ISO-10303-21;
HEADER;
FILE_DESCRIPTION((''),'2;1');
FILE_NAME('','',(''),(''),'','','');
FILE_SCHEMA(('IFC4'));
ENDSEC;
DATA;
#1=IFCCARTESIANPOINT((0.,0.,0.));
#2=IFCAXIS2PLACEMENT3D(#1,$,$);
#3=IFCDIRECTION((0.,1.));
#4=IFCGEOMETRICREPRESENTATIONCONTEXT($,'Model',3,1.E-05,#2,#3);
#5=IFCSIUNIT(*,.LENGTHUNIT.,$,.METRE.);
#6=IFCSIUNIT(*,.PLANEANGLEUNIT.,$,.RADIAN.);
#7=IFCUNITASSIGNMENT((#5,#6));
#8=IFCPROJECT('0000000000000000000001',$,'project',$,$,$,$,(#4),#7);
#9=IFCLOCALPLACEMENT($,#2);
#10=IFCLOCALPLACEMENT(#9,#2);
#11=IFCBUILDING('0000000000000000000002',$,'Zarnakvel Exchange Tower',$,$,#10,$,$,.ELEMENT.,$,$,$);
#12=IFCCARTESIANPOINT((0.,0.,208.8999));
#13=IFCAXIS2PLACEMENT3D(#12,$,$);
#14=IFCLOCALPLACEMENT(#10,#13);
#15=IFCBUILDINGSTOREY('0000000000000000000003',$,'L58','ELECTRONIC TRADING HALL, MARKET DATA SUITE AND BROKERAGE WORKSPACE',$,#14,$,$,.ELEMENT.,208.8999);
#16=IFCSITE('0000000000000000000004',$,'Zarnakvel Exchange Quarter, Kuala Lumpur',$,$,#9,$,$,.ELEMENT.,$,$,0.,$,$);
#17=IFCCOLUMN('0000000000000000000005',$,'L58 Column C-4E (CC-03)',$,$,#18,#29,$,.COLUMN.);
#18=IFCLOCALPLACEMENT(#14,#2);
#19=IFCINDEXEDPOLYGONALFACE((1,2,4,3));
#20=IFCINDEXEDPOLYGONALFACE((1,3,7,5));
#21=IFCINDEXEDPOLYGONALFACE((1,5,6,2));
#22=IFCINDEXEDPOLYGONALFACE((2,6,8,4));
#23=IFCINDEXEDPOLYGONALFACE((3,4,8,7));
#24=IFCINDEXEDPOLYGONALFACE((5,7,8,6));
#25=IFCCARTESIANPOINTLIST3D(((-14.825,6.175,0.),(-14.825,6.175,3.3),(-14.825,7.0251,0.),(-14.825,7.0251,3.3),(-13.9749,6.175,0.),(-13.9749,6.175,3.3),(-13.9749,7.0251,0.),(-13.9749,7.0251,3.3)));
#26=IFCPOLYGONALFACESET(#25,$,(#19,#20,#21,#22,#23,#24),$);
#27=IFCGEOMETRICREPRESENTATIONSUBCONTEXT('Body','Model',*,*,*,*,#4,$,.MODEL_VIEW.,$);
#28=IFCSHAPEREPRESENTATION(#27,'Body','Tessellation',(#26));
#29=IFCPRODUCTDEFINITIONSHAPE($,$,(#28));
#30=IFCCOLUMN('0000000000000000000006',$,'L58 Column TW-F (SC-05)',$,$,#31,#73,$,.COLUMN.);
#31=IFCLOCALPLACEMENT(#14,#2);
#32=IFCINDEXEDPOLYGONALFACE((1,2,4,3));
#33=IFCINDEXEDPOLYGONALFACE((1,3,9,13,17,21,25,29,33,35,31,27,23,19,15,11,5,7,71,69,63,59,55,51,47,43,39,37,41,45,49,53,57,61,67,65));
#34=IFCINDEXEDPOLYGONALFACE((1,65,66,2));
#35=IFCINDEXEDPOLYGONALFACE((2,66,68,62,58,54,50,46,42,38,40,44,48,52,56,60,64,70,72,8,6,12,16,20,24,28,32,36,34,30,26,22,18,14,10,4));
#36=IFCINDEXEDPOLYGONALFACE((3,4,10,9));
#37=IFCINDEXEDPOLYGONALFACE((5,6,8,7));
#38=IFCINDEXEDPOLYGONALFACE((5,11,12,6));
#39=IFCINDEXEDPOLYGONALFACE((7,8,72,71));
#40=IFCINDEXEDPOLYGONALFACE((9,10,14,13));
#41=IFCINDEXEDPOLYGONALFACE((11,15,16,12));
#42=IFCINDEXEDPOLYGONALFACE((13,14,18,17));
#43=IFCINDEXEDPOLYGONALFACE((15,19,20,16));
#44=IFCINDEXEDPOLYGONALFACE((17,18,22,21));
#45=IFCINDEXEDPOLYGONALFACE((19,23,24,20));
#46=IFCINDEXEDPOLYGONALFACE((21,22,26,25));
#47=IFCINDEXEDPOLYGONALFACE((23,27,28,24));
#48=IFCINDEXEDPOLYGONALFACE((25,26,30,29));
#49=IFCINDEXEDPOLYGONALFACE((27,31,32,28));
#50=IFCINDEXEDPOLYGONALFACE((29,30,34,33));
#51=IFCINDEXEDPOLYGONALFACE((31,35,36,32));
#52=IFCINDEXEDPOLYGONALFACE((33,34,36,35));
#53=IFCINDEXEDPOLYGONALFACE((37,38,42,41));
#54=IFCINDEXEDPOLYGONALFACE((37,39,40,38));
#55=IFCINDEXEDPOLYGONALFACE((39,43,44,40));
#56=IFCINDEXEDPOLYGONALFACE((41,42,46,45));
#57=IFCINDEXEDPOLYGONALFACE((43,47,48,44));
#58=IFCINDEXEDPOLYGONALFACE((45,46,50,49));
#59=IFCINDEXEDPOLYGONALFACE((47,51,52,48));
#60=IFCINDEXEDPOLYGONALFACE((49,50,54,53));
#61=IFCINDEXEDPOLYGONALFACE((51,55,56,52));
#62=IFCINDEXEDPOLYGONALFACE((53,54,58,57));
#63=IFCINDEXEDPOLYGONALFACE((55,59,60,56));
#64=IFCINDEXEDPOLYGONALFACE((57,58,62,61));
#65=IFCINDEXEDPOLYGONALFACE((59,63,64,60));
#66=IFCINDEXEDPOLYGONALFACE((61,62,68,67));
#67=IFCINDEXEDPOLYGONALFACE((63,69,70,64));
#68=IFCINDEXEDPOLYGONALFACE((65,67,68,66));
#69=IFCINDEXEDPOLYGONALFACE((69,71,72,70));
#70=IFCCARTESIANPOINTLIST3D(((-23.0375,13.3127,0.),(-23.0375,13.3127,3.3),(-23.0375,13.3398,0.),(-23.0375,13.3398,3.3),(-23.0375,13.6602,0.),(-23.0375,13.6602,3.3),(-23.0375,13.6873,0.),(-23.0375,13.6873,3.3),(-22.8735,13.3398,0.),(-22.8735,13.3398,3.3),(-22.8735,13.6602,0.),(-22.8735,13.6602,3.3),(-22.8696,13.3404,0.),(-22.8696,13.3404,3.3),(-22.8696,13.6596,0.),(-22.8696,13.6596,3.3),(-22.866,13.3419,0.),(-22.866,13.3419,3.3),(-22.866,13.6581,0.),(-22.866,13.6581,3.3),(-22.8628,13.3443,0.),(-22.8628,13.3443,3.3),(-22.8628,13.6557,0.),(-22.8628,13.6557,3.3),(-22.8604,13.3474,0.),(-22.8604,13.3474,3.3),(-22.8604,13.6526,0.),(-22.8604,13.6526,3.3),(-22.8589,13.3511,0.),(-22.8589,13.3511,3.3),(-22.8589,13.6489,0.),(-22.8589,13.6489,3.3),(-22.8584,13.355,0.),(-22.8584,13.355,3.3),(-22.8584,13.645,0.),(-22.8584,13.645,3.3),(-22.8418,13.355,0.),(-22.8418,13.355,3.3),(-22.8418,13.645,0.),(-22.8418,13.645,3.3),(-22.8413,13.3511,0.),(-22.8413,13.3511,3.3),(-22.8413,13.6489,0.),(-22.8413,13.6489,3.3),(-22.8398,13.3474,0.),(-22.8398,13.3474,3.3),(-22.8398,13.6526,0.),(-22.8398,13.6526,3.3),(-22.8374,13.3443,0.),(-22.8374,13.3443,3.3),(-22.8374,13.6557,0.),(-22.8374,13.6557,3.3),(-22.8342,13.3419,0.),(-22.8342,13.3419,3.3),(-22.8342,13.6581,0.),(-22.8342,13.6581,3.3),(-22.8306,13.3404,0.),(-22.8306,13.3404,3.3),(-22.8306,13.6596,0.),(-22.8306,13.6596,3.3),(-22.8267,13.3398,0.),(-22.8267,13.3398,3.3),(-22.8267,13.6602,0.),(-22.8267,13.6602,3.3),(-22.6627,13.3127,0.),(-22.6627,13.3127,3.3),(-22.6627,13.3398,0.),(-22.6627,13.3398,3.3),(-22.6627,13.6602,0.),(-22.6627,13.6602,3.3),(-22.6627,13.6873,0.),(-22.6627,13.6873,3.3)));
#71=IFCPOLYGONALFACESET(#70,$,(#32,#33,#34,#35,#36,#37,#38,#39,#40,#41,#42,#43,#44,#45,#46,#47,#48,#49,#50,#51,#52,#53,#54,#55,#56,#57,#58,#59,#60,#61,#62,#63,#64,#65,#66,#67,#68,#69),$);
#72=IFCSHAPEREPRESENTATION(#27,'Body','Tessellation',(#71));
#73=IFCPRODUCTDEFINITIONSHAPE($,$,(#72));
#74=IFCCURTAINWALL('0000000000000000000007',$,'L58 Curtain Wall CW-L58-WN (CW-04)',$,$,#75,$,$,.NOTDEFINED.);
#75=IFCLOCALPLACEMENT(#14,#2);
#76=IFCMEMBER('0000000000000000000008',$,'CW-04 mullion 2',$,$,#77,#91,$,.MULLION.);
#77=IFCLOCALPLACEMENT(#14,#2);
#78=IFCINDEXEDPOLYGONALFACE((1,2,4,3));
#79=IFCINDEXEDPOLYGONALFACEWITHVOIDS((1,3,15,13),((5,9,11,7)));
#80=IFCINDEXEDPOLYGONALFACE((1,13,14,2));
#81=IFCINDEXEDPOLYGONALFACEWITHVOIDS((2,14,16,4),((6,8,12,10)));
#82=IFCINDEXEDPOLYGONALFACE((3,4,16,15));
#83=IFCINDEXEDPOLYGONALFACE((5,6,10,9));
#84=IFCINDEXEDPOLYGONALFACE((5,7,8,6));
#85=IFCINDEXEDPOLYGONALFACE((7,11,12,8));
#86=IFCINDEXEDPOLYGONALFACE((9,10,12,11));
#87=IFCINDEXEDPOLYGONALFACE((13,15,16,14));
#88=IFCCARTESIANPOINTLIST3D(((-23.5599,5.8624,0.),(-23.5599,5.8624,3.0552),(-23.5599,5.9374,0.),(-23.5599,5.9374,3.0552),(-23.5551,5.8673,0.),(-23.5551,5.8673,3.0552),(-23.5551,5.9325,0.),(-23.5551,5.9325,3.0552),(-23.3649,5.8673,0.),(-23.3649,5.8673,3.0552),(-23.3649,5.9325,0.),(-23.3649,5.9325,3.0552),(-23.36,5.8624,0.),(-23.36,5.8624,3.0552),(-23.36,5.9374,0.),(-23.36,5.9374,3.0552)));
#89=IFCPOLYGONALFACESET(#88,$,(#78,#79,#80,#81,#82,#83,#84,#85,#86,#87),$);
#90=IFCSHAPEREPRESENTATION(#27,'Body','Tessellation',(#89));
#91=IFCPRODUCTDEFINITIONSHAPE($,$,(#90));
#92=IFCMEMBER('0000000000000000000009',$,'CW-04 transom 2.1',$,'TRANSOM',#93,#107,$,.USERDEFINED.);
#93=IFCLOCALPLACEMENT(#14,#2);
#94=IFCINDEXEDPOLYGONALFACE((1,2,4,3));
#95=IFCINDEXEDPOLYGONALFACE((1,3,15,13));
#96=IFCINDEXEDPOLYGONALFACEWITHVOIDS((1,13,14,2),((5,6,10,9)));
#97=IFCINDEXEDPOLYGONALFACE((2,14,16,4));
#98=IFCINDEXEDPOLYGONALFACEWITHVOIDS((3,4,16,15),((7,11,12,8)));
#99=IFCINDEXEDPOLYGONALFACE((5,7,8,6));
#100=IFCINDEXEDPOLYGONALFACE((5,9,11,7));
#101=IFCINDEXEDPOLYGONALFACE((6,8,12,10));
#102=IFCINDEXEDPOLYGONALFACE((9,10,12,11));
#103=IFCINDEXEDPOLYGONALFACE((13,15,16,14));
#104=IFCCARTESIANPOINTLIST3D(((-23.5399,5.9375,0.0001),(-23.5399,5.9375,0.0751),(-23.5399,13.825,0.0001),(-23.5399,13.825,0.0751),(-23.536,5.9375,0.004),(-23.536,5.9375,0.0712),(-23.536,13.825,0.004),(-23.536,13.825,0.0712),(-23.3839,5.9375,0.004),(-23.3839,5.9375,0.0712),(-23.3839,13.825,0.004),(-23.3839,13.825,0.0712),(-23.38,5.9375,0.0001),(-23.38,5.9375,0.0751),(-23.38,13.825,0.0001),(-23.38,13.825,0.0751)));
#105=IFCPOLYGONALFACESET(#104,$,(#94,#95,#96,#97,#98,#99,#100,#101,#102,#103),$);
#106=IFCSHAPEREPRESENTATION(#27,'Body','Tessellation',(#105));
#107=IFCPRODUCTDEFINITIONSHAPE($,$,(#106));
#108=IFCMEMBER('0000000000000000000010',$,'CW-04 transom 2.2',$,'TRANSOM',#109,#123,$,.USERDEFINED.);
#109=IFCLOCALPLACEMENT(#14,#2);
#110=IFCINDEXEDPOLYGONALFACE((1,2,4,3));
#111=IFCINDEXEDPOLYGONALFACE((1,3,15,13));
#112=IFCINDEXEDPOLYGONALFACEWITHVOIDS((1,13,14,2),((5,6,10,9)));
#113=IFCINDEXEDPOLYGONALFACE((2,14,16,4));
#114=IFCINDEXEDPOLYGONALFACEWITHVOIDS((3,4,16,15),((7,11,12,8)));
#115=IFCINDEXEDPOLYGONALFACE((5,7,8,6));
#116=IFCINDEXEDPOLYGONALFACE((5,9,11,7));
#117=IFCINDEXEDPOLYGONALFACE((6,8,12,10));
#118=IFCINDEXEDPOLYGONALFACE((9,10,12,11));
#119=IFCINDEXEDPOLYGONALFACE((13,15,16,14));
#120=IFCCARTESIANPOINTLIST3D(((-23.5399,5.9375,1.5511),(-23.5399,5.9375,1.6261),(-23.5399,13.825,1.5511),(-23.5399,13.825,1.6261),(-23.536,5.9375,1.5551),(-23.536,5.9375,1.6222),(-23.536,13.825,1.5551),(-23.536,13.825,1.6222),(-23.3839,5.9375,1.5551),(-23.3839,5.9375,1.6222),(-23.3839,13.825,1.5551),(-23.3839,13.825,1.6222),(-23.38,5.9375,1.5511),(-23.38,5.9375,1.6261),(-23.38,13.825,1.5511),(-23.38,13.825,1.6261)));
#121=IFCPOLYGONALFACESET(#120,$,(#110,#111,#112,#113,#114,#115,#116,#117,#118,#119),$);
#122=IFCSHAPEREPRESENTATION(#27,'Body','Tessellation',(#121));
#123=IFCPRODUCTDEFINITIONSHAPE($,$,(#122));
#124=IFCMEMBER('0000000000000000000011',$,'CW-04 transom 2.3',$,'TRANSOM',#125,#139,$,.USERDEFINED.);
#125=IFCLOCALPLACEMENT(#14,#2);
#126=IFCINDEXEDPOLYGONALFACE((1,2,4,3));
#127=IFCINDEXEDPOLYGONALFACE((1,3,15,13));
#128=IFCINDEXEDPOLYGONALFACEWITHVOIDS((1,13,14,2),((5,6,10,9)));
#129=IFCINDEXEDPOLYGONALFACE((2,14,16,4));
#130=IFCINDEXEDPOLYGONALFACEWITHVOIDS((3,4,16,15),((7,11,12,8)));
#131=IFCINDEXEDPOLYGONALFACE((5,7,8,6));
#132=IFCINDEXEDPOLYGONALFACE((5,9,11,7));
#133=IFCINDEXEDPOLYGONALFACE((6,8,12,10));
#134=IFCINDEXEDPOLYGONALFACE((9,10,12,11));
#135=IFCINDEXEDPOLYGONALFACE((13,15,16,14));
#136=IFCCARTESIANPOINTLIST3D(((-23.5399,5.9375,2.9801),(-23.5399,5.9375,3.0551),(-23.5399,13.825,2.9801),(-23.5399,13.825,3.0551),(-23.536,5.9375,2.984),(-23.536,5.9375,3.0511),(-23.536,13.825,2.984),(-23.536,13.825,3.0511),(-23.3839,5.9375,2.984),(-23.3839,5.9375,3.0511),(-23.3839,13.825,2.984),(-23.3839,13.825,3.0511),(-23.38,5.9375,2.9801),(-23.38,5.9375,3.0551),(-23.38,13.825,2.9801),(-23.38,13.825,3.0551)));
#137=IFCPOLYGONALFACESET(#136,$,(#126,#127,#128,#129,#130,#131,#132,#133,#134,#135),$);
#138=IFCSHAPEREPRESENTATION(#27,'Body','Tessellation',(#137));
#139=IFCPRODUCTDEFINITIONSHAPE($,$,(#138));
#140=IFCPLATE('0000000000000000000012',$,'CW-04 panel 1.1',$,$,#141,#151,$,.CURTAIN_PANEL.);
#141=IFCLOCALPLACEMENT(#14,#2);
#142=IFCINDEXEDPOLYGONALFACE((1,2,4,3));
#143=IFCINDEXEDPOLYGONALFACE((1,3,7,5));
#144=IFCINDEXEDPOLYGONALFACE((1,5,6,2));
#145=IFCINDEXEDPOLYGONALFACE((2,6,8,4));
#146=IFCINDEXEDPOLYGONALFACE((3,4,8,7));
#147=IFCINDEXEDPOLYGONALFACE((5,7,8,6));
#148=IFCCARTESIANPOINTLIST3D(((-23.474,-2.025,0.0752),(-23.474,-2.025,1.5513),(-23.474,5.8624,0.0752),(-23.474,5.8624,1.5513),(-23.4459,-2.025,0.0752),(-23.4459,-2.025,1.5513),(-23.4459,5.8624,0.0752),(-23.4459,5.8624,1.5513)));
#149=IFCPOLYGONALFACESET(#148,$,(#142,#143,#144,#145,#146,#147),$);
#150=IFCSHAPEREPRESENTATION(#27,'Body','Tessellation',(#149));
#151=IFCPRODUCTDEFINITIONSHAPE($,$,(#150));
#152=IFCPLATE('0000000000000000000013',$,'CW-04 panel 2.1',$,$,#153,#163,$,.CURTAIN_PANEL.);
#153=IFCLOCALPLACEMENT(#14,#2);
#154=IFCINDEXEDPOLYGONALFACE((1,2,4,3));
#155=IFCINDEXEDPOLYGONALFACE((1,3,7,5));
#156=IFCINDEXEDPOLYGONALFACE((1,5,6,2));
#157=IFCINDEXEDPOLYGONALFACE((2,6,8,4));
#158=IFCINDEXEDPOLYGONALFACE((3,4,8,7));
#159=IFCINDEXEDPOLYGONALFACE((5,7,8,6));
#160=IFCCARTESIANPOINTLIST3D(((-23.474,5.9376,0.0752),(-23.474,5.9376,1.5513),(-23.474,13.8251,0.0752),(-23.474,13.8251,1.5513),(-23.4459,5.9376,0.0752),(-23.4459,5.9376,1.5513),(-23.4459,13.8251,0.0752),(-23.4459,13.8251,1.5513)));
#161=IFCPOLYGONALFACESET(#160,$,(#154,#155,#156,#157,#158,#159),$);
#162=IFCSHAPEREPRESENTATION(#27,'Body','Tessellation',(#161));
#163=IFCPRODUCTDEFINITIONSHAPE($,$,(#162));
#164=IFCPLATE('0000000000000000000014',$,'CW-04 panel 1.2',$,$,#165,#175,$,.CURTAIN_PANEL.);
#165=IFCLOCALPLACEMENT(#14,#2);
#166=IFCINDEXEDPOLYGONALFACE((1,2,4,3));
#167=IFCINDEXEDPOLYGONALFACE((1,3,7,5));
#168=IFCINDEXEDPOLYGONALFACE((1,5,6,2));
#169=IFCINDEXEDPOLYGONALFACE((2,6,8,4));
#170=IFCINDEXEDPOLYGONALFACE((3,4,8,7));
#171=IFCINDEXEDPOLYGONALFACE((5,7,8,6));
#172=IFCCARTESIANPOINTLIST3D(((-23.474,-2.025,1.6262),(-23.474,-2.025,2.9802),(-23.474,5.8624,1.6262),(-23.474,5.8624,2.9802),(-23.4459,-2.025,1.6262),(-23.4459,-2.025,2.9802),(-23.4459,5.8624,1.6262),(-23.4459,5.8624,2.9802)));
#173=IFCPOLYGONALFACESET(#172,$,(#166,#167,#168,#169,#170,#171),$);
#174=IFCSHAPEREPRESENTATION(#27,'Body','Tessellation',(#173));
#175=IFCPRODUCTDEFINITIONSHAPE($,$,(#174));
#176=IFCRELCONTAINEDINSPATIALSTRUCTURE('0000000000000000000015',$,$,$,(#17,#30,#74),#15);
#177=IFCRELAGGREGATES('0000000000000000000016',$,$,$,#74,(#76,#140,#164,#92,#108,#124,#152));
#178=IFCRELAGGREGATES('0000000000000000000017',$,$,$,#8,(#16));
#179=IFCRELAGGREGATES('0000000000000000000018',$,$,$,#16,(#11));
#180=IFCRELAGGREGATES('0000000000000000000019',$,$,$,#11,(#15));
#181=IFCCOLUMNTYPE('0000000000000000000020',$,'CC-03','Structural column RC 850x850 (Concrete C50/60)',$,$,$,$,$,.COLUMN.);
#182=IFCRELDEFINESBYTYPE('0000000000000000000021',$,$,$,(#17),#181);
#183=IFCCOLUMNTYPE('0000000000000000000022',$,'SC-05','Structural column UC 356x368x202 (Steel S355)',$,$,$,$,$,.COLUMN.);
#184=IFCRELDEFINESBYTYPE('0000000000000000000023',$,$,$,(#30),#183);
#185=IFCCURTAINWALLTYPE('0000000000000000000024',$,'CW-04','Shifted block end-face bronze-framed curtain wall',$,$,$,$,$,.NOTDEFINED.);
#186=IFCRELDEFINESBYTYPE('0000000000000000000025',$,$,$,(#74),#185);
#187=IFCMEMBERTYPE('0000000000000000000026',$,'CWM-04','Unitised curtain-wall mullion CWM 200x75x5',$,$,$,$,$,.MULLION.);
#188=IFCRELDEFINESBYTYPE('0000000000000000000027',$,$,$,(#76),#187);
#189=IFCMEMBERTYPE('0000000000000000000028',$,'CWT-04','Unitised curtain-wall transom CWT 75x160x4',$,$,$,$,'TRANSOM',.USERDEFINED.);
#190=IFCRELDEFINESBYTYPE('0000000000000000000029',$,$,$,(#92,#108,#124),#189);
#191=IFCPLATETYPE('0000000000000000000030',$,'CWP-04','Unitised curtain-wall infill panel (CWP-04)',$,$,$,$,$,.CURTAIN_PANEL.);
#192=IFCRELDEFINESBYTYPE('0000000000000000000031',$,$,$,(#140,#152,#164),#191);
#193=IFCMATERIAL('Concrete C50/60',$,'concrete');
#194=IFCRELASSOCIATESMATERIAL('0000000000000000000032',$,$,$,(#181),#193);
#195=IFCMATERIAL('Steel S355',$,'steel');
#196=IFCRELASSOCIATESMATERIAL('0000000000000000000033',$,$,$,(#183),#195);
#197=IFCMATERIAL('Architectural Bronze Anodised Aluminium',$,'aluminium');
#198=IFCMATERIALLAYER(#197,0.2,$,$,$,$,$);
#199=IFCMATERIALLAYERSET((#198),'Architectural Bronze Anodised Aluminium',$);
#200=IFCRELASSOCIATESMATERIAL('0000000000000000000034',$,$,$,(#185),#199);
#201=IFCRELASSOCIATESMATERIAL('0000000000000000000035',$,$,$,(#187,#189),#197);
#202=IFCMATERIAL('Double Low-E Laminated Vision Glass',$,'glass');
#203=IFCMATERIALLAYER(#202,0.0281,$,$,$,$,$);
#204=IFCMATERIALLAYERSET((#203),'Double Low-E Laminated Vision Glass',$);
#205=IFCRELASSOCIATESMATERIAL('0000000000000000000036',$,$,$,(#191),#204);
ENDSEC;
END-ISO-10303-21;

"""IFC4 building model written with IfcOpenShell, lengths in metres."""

from ifc_helpers import new_model, si_unit, direction, frame, origin, origin_2d, place, context, subcontext, project, spatial, rectangle, hollow_rectangle, i_section, extrude, source, transform, mapped, material, layer, layer_set, material_profile, profile_set, type_object, element, aggregate, save


model = new_model("IFC4")

# Units and contexts
model_context = context("Model", 3, precision=1e-05, world=origin(), true_north=direction((0.0, 1.0)))
body_context = subcontext(model_context, "Body", "Model", "MODEL_VIEW")
ifc_project = project(units=[si_unit("LENGTHUNIT", "METRE"), si_unit("PLANEANGLEUNIT", "RADIAN")], contexts=[model_context])

# Site, building, storey
site_placement = place(None, origin())
site = spatial("IfcSite", under=ifc_project, at=site_placement, Name="Zarnakvel Exchange Quarter, Kuala Lumpur", CompositionType="ELEMENT", RefElevation=0.0)
building_placement = place(site_placement, origin())
building = spatial("IfcBuilding", under=site, at=building_placement, Name="Zarnakvel Exchange Tower", CompositionType="ELEMENT")
storey_placement = place(building_placement, frame((0.0, 0.0, 208.8999)))
storey = spatial("IfcBuildingStorey", under=building, at=storey_placement, Name="L58", Description="ELECTRONIC TRADING HALL, MARKET DATA SUITE AND BROKERAGE WORKSPACE", CompositionType="ELEMENT", Elevation=208.8999)

# Columns
ifc_material_1 = material(Name="Concrete C50/60", Category="concrete")
ifc_material_profile_1 = material_profile(ifc_material_1, rectangle(XDim=0.8501, YDim=0.8501, at=origin_2d()))
ifc_profile_set_1 = profile_set([ifc_material_profile_1], Name="Concrete C50/60")
column_type_1 = type_object("IfcColumnType", Name="CC-03", Description="Structural column RC 850x850 (Concrete C50/60)", PredefinedType="COLUMN", material=ifc_profile_set_1)
column_1_placement = place(storey_placement, frame((-14.3999, 6.6001, 0.0), z_axis=(0.0, 0.0, 1.0), x_axis=(1.0, 0.0, 0.0)))
element("IfcColumn", 1, at=column_1_placement, inside=storey, type_object=column_type_1, Name="L58 Column C-4E (CC-03)", PredefinedType="COLUMN", context=body_context, shape_type="SweptSolid", body=[
    extrude(rectangle(XDim=0.8501, YDim=0.8501, at=origin_2d()), origin(), (0.0, 0.0, 1.0), 3.3),
])
ifc_material_2 = material(Name="Steel S355", Category="steel")
ifc_material_profile_2 = material_profile(ifc_material_2, i_section(OverallWidth=0.3748, OverallDepth=0.3745, WebThickness=0.0166, FlangeThickness=0.0271, FilletRadius=0.0151, at=origin_2d()))
ifc_profile_set_2 = profile_set([ifc_material_profile_2], Name="Steel S355")
column_type_2 = type_object("IfcColumnType", Name="SC-05", Description="Structural column UC 356x368x202 (Steel S355)", PredefinedType="COLUMN", material=ifc_profile_set_2)
column_2_placement = place(storey_placement, frame((-22.8501, 13.5, 0.0), z_axis=(0.0, 0.0, 1.0), x_axis=(1.0, 0.0, 0.0)))
element("IfcColumn", 2, at=column_2_placement, inside=storey, type_object=column_type_2, Name="L58 Column TW-F (SC-05)", PredefinedType="COLUMN", context=body_context, shape_type="SweptSolid", body=[
    extrude(i_section(OverallWidth=0.3748, OverallDepth=0.3745, WebThickness=0.0166, FlangeThickness=0.0271, FilletRadius=0.0151, at=origin_2d()), origin(), (0.0, 0.0, 1.0), 3.3),
])

# Curtain wall, members, plates
ifc_material_3 = material(Name="Architectural Bronze Anodised Aluminium", Category="aluminium")
ifc_layer_1 = layer(ifc_material_3, 0.2)
ifc_layer_set_1 = layer_set([ifc_layer_1], Name="Architectural Bronze Anodised Aluminium")
curtain_wall_type = type_object("IfcCurtainWallType", Name="CW-04", Description="Shifted block end-face bronze-framed curtain wall", PredefinedType="NOTDEFINED", material=ifc_layer_set_1)
curtain_wall_placement = place(storey_placement, origin())
curtain_wall = element("IfcCurtainWall", 3, at=curtain_wall_placement, inside=storey, type_object=curtain_wall_type, Name="L58 Curtain Wall CW-L58-WN (CW-04)", PredefinedType="NOTDEFINED")
ifc_material_profile_3 = material_profile(ifc_material_3, hollow_rectangle(XDim=0.2, YDim=0.075, WallThickness=0.0049, at=origin_2d()))
ifc_profile_set_3 = profile_set([ifc_material_profile_3], Name="Architectural Bronze Anodised Aluminium")
member_type_1 = type_object("IfcMemberType", Name="CWM-04", Description="Unitised curtain-wall mullion CWM 200x75x5", PredefinedType="MULLION", material=ifc_profile_set_3)
shared_shape_1 = source(origin(), body_context, "Body", "SweptSolid", [
    extrude(hollow_rectangle(XDim=0.2, YDim=0.075, WallThickness=0.0049, at=origin_2d()), origin(), (0.0, 0.0, 1.0), 3.0552),
])
member_1_placement = place(storey_placement, frame((-23.46, 5.8999, 0.0), z_axis=(0.0, 0.0, 1.0), x_axis=(-1.0, 0.0, 0.0)))
member_1 = element("IfcMember", 4, at=member_1_placement, type_object=member_type_1, Name="CW-04 mullion 2", PredefinedType="MULLION", context=body_context, shape_type="MappedRepresentation", body=[
    mapped(shared_shape_1, transform((0.0, 0.0, 0.0), x_axis=(1.0, 0.0, 0.0), y_axis=(0.0, 1.0, 0.0), z_axis=(0.0, 0.0, 1.0), scale=1.0)),
])
ifc_material_profile_4 = material_profile(ifc_material_3, hollow_rectangle(XDim=0.1599, YDim=0.075, WallThickness=0.0039, at=origin_2d()))
ifc_profile_set_4 = profile_set([ifc_material_profile_4], Name="Architectural Bronze Anodised Aluminium")
member_type_2 = type_object("IfcMemberType", Name="CWT-04", Description="Unitised curtain-wall transom CWT 75x160x4", ElementType="TRANSOM", PredefinedType="USERDEFINED", material=ifc_profile_set_4)
shared_shape_2 = source(origin(), body_context, "Body", "SweptSolid", [
    extrude(hollow_rectangle(XDim=0.1599, YDim=0.075, WallThickness=0.0039, at=origin_2d()), origin(), (0.0, 0.0, 1.0), 7.8875),
])
member_2_placement = place(storey_placement, frame((-23.46, 5.9375, 0.0376), z_axis=(0.0, 1.0, 0.0), x_axis=(-1.0, 0.0, 0.0)))
member_2 = element("IfcMember", 5, at=member_2_placement, type_object=member_type_2, Name="CW-04 transom 2.1", ObjectType="TRANSOM", PredefinedType="USERDEFINED", context=body_context, shape_type="MappedRepresentation", body=[
    mapped(shared_shape_2, transform((0.0, 0.0, 0.0), x_axis=(1.0, 0.0, 0.0), y_axis=(0.0, 1.0, 0.0), z_axis=(0.0, 0.0, 1.0), scale=1.0)),
])
member_3_placement = place(storey_placement, frame((-23.46, 5.9375, 1.5886), z_axis=(0.0, 1.0, 0.0), x_axis=(-1.0, 0.0, 0.0)))
member_3 = element("IfcMember", 6, at=member_3_placement, type_object=member_type_2, Name="CW-04 transom 2.2", ObjectType="TRANSOM", PredefinedType="USERDEFINED", context=body_context, shape_type="MappedRepresentation", body=[
    mapped(shared_shape_2, transform((0.0, 0.0, 0.0), x_axis=(1.0, 0.0, 0.0), y_axis=(0.0, 1.0, 0.0), z_axis=(0.0, 0.0, 1.0), scale=1.0)),
])
member_4_placement = place(storey_placement, frame((-23.46, 5.9375, 3.0176), z_axis=(0.0, 1.0, 0.0), x_axis=(-1.0, 0.0, 0.0)))
member_4 = element("IfcMember", 7, at=member_4_placement, type_object=member_type_2, Name="CW-04 transom 2.3", ObjectType="TRANSOM", PredefinedType="USERDEFINED", context=body_context, shape_type="MappedRepresentation", body=[
    mapped(shared_shape_2, transform((0.0, 0.0, 0.0), x_axis=(1.0, 0.0, 0.0), y_axis=(0.0, 1.0, 0.0), z_axis=(0.0, 0.0, 1.0), scale=1.0)),
])
ifc_material_4 = material(Name="Double Low-E Laminated Vision Glass", Category="glass")
ifc_layer_2 = layer(ifc_material_4, 0.0281)
ifc_layer_set_2 = layer_set([ifc_layer_2], Name="Double Low-E Laminated Vision Glass")
plate_type = type_object("IfcPlateType", Name="CWP-04", Description="Unitised curtain-wall infill panel (CWP-04)", PredefinedType="CURTAIN_PANEL", material=ifc_layer_set_2)
shared_shape_3 = source(origin(), body_context, "Body", "SweptSolid", [
    extrude(rectangle(XDim=7.8875, YDim=0.0281, at=origin_2d()), origin(), (0.0, 0.0, 1.0), 1.4761),
])
plate_1_placement = place(storey_placement, frame((-23.46, 1.9187, 0.0752), z_axis=(0.0, 0.0, 1.0), x_axis=(0.0, 1.0, 0.0)))
plate_1 = element("IfcPlate", 8, at=plate_1_placement, type_object=plate_type, Name="CW-04 panel 1.1", PredefinedType="CURTAIN_PANEL", context=body_context, shape_type="MappedRepresentation", body=[
    mapped(shared_shape_3, transform((0.0, 0.0, 0.0), x_axis=(1.0, 0.0, 0.0), y_axis=(0.0, 1.0, 0.0), z_axis=(0.0, 0.0, 1.0), scale=1.0)),
])
plate_2_placement = place(storey_placement, frame((-23.46, 9.8813, 0.0752), z_axis=(0.0, 0.0, 1.0), x_axis=(0.0, 1.0, 0.0)))
plate_2 = element("IfcPlate", 9, at=plate_2_placement, type_object=plate_type, Name="CW-04 panel 2.1", PredefinedType="CURTAIN_PANEL", context=body_context, shape_type="MappedRepresentation", body=[
    mapped(shared_shape_3, transform((0.0, 0.0, 0.0), x_axis=(1.0, 0.0, 0.0), y_axis=(0.0, 1.0, 0.0), z_axis=(0.0, 0.0, 1.0), scale=1.0)),
])
shared_shape_4 = source(origin(), body_context, "Body", "SweptSolid", [
    extrude(rectangle(XDim=7.8875, YDim=0.0281, at=origin_2d()), origin(), (0.0, 0.0, 1.0), 1.354),
])
plate_3_placement = place(storey_placement, frame((-23.46, 1.9187, 1.6262), z_axis=(0.0, 0.0, 1.0), x_axis=(0.0, 1.0, 0.0)))
plate_3 = element("IfcPlate", 10, at=plate_3_placement, type_object=plate_type, Name="CW-04 panel 1.2", PredefinedType="CURTAIN_PANEL", context=body_context, shape_type="MappedRepresentation", body=[
    mapped(shared_shape_4, transform((0.0, 0.0, 0.0), x_axis=(1.0, 0.0, 0.0), y_axis=(0.0, 1.0, 0.0), z_axis=(0.0, 0.0, 1.0), scale=1.0)),
])
aggregate(curtain_wall, [member_1, plate_1, plate_3, member_2, member_3, member_4, plate_2])

save(model, "model.ifc")
